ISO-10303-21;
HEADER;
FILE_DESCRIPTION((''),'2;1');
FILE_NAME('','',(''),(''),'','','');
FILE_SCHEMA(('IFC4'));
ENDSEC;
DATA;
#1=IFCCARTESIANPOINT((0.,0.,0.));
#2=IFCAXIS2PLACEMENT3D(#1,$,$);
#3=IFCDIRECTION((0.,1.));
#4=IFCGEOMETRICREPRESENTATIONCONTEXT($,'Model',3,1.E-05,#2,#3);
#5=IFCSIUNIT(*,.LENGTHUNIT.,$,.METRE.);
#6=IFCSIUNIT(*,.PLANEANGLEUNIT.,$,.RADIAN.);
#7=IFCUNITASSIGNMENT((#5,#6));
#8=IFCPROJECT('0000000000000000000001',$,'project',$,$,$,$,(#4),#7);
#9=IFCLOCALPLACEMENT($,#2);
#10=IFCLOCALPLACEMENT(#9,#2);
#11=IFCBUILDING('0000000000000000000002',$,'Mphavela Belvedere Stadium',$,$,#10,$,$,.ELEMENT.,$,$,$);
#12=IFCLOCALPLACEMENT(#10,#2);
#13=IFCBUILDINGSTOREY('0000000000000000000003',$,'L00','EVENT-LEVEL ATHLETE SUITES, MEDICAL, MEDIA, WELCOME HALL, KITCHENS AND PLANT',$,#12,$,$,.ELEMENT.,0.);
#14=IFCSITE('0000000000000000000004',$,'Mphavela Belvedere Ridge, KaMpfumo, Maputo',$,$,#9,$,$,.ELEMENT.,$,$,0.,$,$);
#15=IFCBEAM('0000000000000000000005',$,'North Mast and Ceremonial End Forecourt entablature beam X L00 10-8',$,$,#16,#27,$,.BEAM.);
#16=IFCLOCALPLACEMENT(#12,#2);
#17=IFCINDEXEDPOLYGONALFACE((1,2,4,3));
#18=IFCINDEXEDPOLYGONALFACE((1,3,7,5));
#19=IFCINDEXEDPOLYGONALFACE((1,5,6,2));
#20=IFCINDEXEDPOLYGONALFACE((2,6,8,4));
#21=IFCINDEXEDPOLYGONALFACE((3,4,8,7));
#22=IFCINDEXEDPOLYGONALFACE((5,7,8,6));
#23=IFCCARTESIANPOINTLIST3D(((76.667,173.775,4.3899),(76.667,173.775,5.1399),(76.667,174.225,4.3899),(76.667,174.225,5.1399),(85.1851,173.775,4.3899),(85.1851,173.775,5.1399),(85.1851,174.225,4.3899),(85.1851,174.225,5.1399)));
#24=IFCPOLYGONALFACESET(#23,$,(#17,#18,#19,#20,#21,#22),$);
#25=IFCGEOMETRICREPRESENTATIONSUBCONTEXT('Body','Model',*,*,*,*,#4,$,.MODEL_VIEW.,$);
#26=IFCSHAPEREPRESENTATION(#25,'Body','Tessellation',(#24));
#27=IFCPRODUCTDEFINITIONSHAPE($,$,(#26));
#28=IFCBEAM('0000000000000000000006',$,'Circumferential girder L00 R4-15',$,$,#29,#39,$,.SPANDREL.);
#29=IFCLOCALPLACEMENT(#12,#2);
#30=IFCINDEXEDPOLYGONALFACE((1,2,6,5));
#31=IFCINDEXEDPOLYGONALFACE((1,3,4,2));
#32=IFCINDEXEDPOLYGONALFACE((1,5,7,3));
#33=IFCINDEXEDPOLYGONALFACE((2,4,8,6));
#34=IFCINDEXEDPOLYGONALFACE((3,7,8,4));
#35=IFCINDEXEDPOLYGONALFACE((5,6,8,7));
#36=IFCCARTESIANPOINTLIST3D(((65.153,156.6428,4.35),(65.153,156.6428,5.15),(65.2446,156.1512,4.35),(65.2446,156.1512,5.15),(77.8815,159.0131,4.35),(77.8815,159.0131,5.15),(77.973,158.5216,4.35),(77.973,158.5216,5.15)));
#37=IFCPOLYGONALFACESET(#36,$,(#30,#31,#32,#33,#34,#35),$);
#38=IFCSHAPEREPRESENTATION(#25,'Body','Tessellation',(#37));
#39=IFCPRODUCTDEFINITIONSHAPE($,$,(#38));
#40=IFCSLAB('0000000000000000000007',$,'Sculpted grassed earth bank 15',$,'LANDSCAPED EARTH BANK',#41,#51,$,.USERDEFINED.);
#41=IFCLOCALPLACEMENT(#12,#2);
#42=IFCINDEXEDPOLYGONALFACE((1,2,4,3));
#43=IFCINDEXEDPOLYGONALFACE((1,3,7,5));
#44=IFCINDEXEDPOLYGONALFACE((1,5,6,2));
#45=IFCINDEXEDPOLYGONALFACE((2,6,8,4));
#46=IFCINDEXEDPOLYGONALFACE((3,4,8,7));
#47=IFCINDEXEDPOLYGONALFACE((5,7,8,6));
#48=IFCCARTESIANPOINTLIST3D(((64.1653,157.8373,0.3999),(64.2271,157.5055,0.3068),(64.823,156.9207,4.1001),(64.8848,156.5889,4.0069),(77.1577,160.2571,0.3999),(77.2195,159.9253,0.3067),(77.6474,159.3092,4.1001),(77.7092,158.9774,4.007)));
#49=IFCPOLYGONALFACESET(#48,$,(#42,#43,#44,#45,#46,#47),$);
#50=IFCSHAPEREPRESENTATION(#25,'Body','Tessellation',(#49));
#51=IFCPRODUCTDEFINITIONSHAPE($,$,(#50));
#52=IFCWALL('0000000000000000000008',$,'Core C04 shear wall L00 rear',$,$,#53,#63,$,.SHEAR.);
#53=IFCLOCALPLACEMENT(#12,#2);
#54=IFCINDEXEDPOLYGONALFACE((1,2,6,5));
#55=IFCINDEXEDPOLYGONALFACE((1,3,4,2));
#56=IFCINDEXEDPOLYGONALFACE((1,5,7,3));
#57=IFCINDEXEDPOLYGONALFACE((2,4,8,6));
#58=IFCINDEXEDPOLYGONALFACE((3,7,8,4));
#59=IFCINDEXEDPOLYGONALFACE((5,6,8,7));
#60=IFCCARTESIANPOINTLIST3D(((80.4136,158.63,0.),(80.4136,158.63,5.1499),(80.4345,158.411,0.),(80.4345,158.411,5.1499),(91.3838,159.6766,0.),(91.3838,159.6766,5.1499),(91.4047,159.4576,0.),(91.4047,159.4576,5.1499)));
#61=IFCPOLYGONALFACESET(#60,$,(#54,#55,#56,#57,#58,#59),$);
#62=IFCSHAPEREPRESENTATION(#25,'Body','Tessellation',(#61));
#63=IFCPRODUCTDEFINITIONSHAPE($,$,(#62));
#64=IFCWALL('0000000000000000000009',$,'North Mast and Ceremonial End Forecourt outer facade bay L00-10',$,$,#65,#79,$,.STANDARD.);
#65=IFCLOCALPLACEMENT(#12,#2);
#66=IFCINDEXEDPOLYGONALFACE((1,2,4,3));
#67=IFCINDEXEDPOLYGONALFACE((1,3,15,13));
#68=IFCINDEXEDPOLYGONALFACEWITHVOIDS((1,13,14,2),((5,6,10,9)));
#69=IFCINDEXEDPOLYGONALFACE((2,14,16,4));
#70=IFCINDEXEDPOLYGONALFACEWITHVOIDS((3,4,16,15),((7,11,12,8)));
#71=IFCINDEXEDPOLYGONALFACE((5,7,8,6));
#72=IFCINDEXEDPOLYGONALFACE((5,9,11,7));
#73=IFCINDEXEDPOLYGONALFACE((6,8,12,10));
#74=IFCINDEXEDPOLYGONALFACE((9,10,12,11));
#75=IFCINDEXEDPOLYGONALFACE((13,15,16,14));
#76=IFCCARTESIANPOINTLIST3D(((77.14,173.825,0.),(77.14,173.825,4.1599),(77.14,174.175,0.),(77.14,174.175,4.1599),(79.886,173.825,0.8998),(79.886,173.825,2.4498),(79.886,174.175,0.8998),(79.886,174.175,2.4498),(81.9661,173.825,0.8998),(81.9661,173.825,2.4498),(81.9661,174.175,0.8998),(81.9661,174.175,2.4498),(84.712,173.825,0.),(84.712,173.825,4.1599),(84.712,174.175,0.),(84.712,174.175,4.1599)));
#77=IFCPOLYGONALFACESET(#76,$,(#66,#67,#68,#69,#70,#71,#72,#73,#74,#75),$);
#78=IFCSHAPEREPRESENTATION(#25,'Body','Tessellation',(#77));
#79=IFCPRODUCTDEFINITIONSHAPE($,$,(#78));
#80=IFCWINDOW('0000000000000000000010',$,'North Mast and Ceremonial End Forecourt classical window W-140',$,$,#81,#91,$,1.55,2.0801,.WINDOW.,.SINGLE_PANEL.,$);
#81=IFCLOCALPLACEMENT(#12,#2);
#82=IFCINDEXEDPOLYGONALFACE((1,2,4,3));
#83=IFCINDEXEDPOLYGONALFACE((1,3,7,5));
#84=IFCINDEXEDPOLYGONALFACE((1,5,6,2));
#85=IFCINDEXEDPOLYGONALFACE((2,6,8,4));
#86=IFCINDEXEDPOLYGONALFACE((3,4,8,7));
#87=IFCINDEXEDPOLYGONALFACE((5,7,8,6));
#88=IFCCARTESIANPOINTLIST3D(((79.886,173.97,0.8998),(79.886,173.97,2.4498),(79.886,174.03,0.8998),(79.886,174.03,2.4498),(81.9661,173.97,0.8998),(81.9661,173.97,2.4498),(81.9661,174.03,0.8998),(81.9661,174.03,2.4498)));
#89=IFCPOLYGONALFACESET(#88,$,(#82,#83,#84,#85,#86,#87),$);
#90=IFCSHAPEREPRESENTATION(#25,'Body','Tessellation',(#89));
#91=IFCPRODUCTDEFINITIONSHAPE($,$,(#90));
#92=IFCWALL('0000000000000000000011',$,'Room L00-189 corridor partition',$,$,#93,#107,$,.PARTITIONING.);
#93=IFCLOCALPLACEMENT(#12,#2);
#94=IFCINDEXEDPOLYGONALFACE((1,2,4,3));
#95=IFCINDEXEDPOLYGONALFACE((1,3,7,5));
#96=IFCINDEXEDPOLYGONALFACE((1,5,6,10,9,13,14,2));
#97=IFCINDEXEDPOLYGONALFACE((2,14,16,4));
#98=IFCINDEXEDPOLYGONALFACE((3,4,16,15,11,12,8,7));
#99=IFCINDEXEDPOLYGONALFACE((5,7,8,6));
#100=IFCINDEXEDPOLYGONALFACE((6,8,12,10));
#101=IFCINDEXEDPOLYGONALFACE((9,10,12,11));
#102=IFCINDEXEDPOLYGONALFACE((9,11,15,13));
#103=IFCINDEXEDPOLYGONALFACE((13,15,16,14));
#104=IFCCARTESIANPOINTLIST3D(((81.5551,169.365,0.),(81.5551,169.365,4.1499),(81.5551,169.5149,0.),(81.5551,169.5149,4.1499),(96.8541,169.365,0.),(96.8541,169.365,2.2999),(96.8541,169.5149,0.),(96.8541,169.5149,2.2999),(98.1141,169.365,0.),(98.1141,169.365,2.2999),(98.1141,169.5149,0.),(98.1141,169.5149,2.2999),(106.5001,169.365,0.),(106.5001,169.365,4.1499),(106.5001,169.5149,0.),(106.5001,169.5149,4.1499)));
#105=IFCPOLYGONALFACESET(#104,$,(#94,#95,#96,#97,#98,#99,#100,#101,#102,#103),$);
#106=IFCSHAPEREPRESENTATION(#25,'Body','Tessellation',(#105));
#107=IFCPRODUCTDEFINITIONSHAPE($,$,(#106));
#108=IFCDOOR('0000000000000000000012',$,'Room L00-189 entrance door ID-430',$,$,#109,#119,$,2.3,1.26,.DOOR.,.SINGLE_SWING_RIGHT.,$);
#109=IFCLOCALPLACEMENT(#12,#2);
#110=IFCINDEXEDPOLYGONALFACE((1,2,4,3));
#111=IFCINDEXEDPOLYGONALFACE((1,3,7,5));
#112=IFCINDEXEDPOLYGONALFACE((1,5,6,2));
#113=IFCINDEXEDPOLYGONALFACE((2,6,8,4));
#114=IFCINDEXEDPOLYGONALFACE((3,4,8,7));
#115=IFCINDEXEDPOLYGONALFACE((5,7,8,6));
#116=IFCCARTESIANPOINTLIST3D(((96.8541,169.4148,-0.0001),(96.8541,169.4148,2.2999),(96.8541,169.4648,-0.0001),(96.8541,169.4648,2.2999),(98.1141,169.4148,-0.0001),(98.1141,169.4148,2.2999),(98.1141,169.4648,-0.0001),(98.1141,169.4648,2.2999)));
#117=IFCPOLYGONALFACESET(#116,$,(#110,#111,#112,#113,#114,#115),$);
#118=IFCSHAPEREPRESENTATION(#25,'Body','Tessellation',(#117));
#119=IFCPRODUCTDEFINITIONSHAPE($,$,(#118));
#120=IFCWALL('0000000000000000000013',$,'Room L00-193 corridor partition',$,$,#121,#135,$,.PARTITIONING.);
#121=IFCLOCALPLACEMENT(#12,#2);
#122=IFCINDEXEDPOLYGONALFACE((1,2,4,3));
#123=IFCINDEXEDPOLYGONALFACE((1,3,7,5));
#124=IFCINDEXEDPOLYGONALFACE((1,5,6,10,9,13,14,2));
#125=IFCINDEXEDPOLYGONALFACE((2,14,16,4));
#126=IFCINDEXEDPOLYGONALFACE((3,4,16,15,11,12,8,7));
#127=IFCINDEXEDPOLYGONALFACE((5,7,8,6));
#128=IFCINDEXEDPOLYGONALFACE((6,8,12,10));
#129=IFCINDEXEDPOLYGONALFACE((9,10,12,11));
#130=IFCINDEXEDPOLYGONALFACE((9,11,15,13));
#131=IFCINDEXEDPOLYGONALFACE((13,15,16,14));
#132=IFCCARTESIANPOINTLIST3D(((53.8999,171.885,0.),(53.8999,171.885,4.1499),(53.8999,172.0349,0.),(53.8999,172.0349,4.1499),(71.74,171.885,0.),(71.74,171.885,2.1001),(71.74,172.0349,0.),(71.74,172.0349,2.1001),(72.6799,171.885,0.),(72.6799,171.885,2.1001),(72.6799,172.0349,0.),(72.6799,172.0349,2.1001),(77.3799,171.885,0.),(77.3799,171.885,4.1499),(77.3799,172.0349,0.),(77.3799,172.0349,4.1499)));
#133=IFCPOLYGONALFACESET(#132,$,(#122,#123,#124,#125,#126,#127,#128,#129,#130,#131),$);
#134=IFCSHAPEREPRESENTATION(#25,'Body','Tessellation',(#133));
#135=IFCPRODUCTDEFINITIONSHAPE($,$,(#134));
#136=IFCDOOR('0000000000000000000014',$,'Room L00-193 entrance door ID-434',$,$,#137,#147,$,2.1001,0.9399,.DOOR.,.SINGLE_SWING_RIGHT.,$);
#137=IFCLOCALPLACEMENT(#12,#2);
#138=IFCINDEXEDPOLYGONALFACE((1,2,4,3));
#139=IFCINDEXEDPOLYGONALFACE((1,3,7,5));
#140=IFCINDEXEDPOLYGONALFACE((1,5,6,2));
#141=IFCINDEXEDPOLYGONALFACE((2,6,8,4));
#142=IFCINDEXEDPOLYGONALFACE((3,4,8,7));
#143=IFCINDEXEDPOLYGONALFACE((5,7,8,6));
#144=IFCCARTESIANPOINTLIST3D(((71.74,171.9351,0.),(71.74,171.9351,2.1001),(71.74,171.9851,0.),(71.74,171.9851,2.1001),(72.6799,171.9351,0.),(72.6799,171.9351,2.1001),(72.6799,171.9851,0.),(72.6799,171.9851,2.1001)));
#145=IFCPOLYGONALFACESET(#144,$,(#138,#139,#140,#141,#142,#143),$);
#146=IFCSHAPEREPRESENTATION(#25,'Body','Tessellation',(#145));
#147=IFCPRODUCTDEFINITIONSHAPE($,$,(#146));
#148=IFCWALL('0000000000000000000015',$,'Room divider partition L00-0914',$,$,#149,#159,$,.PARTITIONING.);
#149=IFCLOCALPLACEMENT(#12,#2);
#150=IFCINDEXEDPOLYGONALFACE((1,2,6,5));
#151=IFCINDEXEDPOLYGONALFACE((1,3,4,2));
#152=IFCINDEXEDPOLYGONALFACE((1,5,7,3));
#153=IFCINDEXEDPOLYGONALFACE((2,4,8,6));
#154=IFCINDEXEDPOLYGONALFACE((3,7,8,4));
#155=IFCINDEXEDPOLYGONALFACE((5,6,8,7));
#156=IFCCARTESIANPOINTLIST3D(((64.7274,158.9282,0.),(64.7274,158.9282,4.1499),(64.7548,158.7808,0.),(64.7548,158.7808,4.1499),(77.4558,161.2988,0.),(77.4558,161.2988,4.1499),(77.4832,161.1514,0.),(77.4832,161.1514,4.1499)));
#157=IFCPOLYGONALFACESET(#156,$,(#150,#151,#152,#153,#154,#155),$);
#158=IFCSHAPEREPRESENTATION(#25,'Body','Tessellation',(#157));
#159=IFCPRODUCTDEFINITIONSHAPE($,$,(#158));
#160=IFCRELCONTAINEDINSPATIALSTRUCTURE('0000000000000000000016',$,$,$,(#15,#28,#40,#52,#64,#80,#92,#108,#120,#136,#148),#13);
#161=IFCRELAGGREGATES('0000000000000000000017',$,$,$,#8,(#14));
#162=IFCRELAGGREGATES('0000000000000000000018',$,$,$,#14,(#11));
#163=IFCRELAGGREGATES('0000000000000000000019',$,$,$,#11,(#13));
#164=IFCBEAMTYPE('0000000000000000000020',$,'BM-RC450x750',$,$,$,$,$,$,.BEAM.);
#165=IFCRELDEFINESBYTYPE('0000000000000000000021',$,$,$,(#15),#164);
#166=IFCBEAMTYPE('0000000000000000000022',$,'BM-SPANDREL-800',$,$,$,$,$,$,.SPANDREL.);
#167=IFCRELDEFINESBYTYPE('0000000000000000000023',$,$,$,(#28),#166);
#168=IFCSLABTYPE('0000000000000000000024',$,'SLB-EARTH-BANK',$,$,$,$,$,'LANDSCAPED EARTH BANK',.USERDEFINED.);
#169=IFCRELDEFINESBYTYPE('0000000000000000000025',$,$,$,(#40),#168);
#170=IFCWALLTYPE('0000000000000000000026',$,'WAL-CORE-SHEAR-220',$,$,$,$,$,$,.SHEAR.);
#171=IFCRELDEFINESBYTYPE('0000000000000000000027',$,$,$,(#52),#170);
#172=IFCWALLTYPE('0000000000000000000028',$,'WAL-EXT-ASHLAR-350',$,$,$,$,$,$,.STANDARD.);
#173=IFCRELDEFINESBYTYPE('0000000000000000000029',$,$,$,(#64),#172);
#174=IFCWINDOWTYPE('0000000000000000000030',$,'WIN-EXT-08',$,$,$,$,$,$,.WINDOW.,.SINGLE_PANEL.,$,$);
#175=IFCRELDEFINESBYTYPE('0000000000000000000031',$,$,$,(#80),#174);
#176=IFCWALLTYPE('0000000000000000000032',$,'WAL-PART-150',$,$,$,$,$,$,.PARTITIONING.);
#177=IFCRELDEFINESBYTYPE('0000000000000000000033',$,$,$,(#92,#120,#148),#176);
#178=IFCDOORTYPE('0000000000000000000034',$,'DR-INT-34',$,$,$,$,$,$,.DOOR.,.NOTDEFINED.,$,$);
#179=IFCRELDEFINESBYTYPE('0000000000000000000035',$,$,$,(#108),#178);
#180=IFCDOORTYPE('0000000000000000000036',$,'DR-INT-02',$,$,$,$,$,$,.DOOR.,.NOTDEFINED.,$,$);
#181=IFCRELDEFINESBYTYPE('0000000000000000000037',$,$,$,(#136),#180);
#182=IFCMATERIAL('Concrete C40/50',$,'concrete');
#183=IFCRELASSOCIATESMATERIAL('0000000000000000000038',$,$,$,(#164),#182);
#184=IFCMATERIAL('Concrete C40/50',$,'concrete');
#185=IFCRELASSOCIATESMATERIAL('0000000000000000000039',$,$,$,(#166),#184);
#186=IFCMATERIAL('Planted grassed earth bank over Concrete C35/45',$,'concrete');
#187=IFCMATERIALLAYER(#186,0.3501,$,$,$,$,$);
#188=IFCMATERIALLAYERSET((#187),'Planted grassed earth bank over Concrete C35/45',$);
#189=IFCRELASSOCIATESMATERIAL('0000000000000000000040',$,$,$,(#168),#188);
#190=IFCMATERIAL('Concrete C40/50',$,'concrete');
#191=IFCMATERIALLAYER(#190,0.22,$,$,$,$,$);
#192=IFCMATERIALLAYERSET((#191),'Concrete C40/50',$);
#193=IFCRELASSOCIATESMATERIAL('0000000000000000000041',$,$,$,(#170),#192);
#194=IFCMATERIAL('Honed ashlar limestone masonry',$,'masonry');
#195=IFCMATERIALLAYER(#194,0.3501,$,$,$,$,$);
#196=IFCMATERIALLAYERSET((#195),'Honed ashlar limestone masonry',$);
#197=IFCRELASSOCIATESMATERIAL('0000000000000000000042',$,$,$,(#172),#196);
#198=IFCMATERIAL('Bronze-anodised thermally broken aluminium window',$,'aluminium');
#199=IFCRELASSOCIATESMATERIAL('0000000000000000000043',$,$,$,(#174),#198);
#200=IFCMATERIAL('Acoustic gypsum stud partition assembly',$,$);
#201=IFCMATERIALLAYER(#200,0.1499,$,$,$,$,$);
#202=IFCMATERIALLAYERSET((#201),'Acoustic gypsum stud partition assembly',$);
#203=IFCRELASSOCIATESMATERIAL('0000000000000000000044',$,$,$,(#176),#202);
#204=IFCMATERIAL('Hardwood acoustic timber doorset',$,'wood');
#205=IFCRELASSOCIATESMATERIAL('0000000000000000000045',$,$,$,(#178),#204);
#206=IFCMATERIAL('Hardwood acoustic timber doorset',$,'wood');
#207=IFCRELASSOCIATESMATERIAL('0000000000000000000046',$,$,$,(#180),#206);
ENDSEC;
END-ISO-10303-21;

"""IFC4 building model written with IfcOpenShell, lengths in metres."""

from ifc_helpers import new_model, si_unit, direction, frame, frame_2d, origin, origin_2d, place, context, subcontext, project, spatial, polyline, rectangle, outline, extrude, material, layer, layer_set, material_profile, profile_set, type_object, element, fill, save


model = new_model("IFC4")

# Units and contexts
model_context = context("Model", 3, precision=1e-05, world=origin(), true_north=direction((0.0, 1.0)))
body_context = subcontext(model_context, "Body", "Model", "MODEL_VIEW")
ifc_project = project(units=[si_unit("LENGTHUNIT", "METRE"), si_unit("PLANEANGLEUNIT", "RADIAN")], contexts=[model_context])

# Site, building, storey
site_placement = place(None, origin())
site = spatial("IfcSite", under=ifc_project, at=site_placement, Name="Mphavela Belvedere Ridge, KaMpfumo, Maputo", CompositionType="ELEMENT", RefElevation=0.0)
building_placement = place(site_placement, origin())
building = spatial("IfcBuilding", under=site, at=building_placement, Name="Mphavela Belvedere Stadium", CompositionType="ELEMENT")
storey_placement = place(building_placement, origin())
storey = spatial("IfcBuildingStorey", under=building, at=storey_placement, Name="L00", Description="EVENT-LEVEL ATHLETE SUITES, MEDICAL, MEDIA, WELCOME HALL, KITCHENS AND PLANT", CompositionType="ELEMENT", Elevation=0.0)

# Beams
ifc_material_1 = material(Name="Concrete C40/50", Category="concrete")
ifc_material_profile_1 = material_profile(ifc_material_1, rectangle(XDim=0.45, YDim=0.75, at=origin_2d()), Name="RC 450x750")
ifc_profile_set_1 = profile_set([ifc_material_profile_1], Name="Concrete C40/50")
beam_type_1 = type_object("IfcBeamType", Name="BM-RC450x750", PredefinedType="BEAM", material=ifc_profile_set_1)
beam_1_placement = place(storey_placement, frame((76.667, 174.0, 4.7649), z_axis=(1.0, 0.0, 0.0), x_axis=(0.0, 1.0, 0.0)))
element("IfcBeam", 1, at=beam_1_placement, inside=storey, type_object=beam_type_1, Name="North Mast and Ceremonial End Forecourt entablature beam X L00 10-8", PredefinedType="BEAM", context=body_context, shape_type="SweptSolid", body=[
    extrude(rectangle(XDim=0.45, YDim=0.75, at=origin_2d()), origin(), (0.0, 0.0, 1.0), 8.5181),
])
ifc_material_2 = material(Name="Concrete C40/50", Category="concrete")
ifc_material_profile_2 = material_profile(ifc_material_2, rectangle(XDim=0.5, YDim=0.8, at=origin_2d()), Name="RC 500x800")
ifc_profile_set_2 = profile_set([ifc_material_profile_2], Name="Concrete C40/50")
beam_type_2 = type_object("IfcBeamType", Name="BM-SPANDREL-800", PredefinedType="SPANDREL", material=ifc_profile_set_2)
beam_2_placement = place(storey_placement, frame((77.9272, 158.7673, 4.75), z_axis=(-0.983099, -0.183077, 0.0), x_axis=(0.183077, -0.983099, 0.0)))
element("IfcBeam", 2, at=beam_2_placement, inside=storey, type_object=beam_type_2, Name="Circumferential girder L00 R4-15", PredefinedType="SPANDREL", context=body_context, shape_type="SweptSolid", body=[
    extrude(rectangle(XDim=0.5, YDim=0.8, at=origin_2d()), origin(), (0.0, 0.0, 1.0), 12.9473),
])

# Slab
ifc_material_3 = material(Name="Planted grassed earth bank over Concrete C35/45", Category="concrete")
ifc_layer_1 = layer(ifc_material_3, 0.3501)
ifc_layer_set_1 = layer_set([ifc_layer_1], Name="Planted grassed earth bank over Concrete C35/45")
slab_type = type_object("IfcSlabType", Name="SLB-EARTH-BANK", ElementType="LANDSCAPED EARTH BANK", PredefinedType="USERDEFINED", material=ifc_layer_set_1)
slab_placement = place(storey_placement, frame((77.1577, 160.2571, 0.3999), z_axis=(-0.176497, 0.947643, 0.266122), x_axis=(-0.983094, -0.1831, 0.000002)))
element("IfcSlab", 3, at=slab_placement, inside=storey, type_object=slab_type, Name="Sculpted grassed earth bank 15", ObjectType="LANDSCAPED EARTH BANK", PredefinedType="USERDEFINED", context=body_context, shape_type="SweptSolid", body=[
    extrude(outline(polyline([(0.0, 0.0), (13.2159, 0.0), (12.7371, 3.8386), (-0.3079, 3.8386), (0.0, 0.0)])), origin(), (0.0, 0.0, -1.0), 0.3501),
])

# Wall
ifc_material_4 = material(Name="Concrete C40/50", Category="concrete")
ifc_layer_2 = layer(ifc_material_4, 0.22)
ifc_layer_set_2 = layer_set([ifc_layer_2], Name="Concrete C40/50")
wall_type_1 = type_object("IfcWallType", Name="WAL-CORE-SHEAR-220", PredefinedType="SHEAR", material=ifc_layer_set_2)
wall_1_placement = place(storey_placement, frame((80.4241, 158.5205, 0.0), z_axis=(0.0, 0.0, 1.0), x_axis=(0.99548, 0.094975, 0.0)))
element("IfcWall", 4, at=wall_1_placement, inside=storey, type_object=wall_type_1, Name="Core C04 shear wall L00 rear", PredefinedType="SHEAR", context=body_context, shape_type="SweptSolid", body=[
    extrude(rectangle(XDim=11.02, YDim=0.22, at=frame_2d((5.51, 0.0))), origin(), (0.0, 0.0, 1.0), 5.1499),
])

# Wall, opening, window
ifc_material_5 = material(Name="Honed ashlar limestone masonry", Category="masonry")
ifc_layer_3 = layer(ifc_material_5, 0.3501)
ifc_layer_set_3 = layer_set([ifc_layer_3], Name="Honed ashlar limestone masonry")
wall_type_2 = type_object("IfcWallType", Name="WAL-EXT-ASHLAR-350", PredefinedType="STANDARD", material=ifc_layer_set_3)
wall_2_placement = place(storey_placement, frame((77.1399, 174.0, 0.0), z_axis=(0.0, 0.0, 1.0), x_axis=(1.0, 0.0, 0.0)))
wall_2 = element("IfcWall", 5, at=wall_2_placement, inside=storey, type_object=wall_type_2, Name="North Mast and Ceremonial End Forecourt outer facade bay L00-10", PredefinedType="STANDARD", context=body_context, shape_type="SweptSolid", body=[
    extrude(rectangle(XDim=7.572, YDim=0.3501, at=frame_2d((3.7861, 0.0))), origin(), (0.0, 0.0, 1.0), 4.1599),
])
opening_1_placement = place(wall_2_placement, frame((2.7461, 0.0, 0.8999)))
opening_1 = element("IfcOpeningElement", 6, at=opening_1_placement, cuts=wall_2, PredefinedType="OPENING", context=body_context, shape_type="SweptSolid", body=[
    extrude(rectangle(XDim=2.0801, YDim=1.55, at=frame_2d((1.04, 0.7749))), frame((0.0, 0.1851, 0.0), z_axis=(0.0, -1.0, 0.0), x_axis=(1.0, 0.0, 0.0)), (0.0, 0.0, 1.0), 0.3701),
])
ifc_material_6 = material(Name="Bronze-anodised thermally broken aluminium window", Category="aluminium")
window_type = type_object("IfcWindowType", Name="WIN-EXT-08", PartitioningType="SINGLE_PANEL", PredefinedType="WINDOW", material=ifc_material_6)
window_placement = place(opening_1_placement, origin())
window = element("IfcWindow", 7, at=window_placement, inside=storey, type_object=window_type, Name="North Mast and Ceremonial End Forecourt classical window W-140", OverallHeight=1.55, OverallWidth=2.0801, PartitioningType="SINGLE_PANEL", PredefinedType="WINDOW", context=body_context, shape_type="SweptSolid", body=[
    extrude(rectangle(XDim=2.0801, YDim=1.55, at=frame_2d((1.04, 0.7749))), frame((0.0, 0.03, 0.0), z_axis=(0.0, -1.0, 0.0), x_axis=(1.0, 0.0, 0.0)), (0.0, 0.0, 1.0), 0.0601),
])
fill(opening_1, window)

# Walls, openings, doors
ifc_material_7 = material(Name="Acoustic gypsum stud partition assembly")
ifc_layer_4 = layer(ifc_material_7, 0.1499)
ifc_layer_set_4 = layer_set([ifc_layer_4], Name="Acoustic gypsum stud partition assembly")
wall_type_3 = type_object("IfcWallType", Name="WAL-PART-150", PredefinedType="PARTITIONING", material=ifc_layer_set_4)
wall_3_placement = place(storey_placement, frame((81.5549, 169.4399, 0.0), z_axis=(0.0, 0.0, 1.0), x_axis=(1.0, 0.0, 0.0)))
wall_3 = element("IfcWall", 8, at=wall_3_placement, inside=storey, type_object=wall_type_3, Name="Room L00-189 corridor partition", PredefinedType="PARTITIONING", context=body_context, shape_type="SweptSolid", body=[
    extrude(rectangle(XDim=24.9451, YDim=0.1499, at=frame_2d((12.4727, 0.0))), origin(), (0.0, 0.0, 1.0), 4.1499),
])
opening_2_placement = place(wall_3_placement, frame((15.2993, 0.0, 0.0)))
opening_2 = element("IfcOpeningElement", 9, at=opening_2_placement, cuts=wall_3, PredefinedType="OPENING", context=body_context, shape_type="SweptSolid", body=[
    extrude(rectangle(XDim=1.26, YDim=2.3, at=frame_2d((0.6299, 1.1499))), frame((0.0, 0.085, 0.0), z_axis=(0.0, -1.0, 0.0), x_axis=(1.0, 0.0, 0.0)), (0.0, 0.0, 1.0), 0.1699),
])
ifc_material_8 = material(Name="Hardwood acoustic timber doorset", Category="wood")
door_type_1 = type_object("IfcDoorType", Name="DR-INT-34", OperationType="NOTDEFINED", PredefinedType="DOOR", material=ifc_material_8)
door_1_placement = place(opening_2_placement, origin())
door_1 = element("IfcDoor", 10, at=door_1_placement, inside=storey, type_object=door_type_1, Name="Room L00-189 entrance door ID-430", OperationType="SINGLE_SWING_RIGHT", OverallHeight=2.3, OverallWidth=1.26, PredefinedType="DOOR", context=body_context, shape_type="SweptSolid", body=[
    extrude(rectangle(XDim=1.26, YDim=2.3, at=frame_2d((0.6299, 1.1499))), frame((0.0, 0.0249, 0.0), z_axis=(0.0, -1.0, 0.0), x_axis=(1.0, 0.0, 0.0)), (0.0, 0.0, 1.0), 0.05),
])
fill(opening_2, door_1)
wall_4_placement = place(storey_placement, frame((77.3799, 171.96, 0.0), z_axis=(0.0, 0.0, 1.0), x_axis=(-1.0, 0.0, 0.0)))
wall_4 = element("IfcWall", 11, at=wall_4_placement, inside=storey, type_object=wall_type_3, Name="Room L00-193 corridor partition", PredefinedType="PARTITIONING", context=body_context, shape_type="SweptSolid", body=[
    extrude(rectangle(XDim=23.48, YDim=0.1499, at=frame_2d((11.74, 0.0))), origin(), (0.0, 0.0, 1.0), 4.1499),
])
opening_3_placement = place(wall_4_placement, frame((4.7, 0.0, 0.0)))
opening_3 = element("IfcOpeningElement", 12, at=opening_3_placement, cuts=wall_4, PredefinedType="OPENING", context=body_context, shape_type="SweptSolid", body=[
    extrude(rectangle(XDim=0.9399, YDim=2.1001, at=frame_2d((0.47, 1.05))), frame((0.0, 0.085, 0.0), z_axis=(0.0, -1.0, 0.0), x_axis=(1.0, 0.0, 0.0)), (0.0, 0.0, 1.0), 0.1699),
])
ifc_material_9 = material(Name="Hardwood acoustic timber doorset", Category="wood")
door_type_2 = type_object("IfcDoorType", Name="DR-INT-02", OperationType="NOTDEFINED", PredefinedType="DOOR", material=ifc_material_9)
door_2_placement = place(opening_3_placement, origin())
door_2 = element("IfcDoor", 13, at=door_2_placement, inside=storey, type_object=door_type_2, Name="Room L00-193 entrance door ID-434", OperationType="SINGLE_SWING_RIGHT", OverallHeight=2.1001, OverallWidth=0.9399, PredefinedType="DOOR", context=body_context, shape_type="SweptSolid", body=[
    extrude(rectangle(XDim=0.9399, YDim=2.1001, at=frame_2d((0.47, 1.05))), frame((0.0, 0.0249, 0.0), z_axis=(0.0, -1.0, 0.0), x_axis=(1.0, 0.0, 0.0)), (0.0, 0.0, 1.0), 0.05),
])
fill(opening_3, door_2)

# Wall
wall_5_placement = place(storey_placement, frame((77.4695, 161.2251, 0.0), z_axis=(0.0, 0.0, 1.0), x_axis=(-0.983095, -0.183099, 0.0)))
element("IfcWall", 14, at=wall_5_placement, inside=storey, type_object=wall_type_3, Name="Room divider partition L00-0914", PredefinedType="PARTITIONING", context=body_context, shape_type="SweptSolid", body=[
    extrude(rectangle(XDim=12.9473, YDim=0.1499, at=frame_2d((6.4736, 0.0))), origin(), (0.0, 0.0, 1.0), 4.1499),
])

save(model, "model.ifc")
